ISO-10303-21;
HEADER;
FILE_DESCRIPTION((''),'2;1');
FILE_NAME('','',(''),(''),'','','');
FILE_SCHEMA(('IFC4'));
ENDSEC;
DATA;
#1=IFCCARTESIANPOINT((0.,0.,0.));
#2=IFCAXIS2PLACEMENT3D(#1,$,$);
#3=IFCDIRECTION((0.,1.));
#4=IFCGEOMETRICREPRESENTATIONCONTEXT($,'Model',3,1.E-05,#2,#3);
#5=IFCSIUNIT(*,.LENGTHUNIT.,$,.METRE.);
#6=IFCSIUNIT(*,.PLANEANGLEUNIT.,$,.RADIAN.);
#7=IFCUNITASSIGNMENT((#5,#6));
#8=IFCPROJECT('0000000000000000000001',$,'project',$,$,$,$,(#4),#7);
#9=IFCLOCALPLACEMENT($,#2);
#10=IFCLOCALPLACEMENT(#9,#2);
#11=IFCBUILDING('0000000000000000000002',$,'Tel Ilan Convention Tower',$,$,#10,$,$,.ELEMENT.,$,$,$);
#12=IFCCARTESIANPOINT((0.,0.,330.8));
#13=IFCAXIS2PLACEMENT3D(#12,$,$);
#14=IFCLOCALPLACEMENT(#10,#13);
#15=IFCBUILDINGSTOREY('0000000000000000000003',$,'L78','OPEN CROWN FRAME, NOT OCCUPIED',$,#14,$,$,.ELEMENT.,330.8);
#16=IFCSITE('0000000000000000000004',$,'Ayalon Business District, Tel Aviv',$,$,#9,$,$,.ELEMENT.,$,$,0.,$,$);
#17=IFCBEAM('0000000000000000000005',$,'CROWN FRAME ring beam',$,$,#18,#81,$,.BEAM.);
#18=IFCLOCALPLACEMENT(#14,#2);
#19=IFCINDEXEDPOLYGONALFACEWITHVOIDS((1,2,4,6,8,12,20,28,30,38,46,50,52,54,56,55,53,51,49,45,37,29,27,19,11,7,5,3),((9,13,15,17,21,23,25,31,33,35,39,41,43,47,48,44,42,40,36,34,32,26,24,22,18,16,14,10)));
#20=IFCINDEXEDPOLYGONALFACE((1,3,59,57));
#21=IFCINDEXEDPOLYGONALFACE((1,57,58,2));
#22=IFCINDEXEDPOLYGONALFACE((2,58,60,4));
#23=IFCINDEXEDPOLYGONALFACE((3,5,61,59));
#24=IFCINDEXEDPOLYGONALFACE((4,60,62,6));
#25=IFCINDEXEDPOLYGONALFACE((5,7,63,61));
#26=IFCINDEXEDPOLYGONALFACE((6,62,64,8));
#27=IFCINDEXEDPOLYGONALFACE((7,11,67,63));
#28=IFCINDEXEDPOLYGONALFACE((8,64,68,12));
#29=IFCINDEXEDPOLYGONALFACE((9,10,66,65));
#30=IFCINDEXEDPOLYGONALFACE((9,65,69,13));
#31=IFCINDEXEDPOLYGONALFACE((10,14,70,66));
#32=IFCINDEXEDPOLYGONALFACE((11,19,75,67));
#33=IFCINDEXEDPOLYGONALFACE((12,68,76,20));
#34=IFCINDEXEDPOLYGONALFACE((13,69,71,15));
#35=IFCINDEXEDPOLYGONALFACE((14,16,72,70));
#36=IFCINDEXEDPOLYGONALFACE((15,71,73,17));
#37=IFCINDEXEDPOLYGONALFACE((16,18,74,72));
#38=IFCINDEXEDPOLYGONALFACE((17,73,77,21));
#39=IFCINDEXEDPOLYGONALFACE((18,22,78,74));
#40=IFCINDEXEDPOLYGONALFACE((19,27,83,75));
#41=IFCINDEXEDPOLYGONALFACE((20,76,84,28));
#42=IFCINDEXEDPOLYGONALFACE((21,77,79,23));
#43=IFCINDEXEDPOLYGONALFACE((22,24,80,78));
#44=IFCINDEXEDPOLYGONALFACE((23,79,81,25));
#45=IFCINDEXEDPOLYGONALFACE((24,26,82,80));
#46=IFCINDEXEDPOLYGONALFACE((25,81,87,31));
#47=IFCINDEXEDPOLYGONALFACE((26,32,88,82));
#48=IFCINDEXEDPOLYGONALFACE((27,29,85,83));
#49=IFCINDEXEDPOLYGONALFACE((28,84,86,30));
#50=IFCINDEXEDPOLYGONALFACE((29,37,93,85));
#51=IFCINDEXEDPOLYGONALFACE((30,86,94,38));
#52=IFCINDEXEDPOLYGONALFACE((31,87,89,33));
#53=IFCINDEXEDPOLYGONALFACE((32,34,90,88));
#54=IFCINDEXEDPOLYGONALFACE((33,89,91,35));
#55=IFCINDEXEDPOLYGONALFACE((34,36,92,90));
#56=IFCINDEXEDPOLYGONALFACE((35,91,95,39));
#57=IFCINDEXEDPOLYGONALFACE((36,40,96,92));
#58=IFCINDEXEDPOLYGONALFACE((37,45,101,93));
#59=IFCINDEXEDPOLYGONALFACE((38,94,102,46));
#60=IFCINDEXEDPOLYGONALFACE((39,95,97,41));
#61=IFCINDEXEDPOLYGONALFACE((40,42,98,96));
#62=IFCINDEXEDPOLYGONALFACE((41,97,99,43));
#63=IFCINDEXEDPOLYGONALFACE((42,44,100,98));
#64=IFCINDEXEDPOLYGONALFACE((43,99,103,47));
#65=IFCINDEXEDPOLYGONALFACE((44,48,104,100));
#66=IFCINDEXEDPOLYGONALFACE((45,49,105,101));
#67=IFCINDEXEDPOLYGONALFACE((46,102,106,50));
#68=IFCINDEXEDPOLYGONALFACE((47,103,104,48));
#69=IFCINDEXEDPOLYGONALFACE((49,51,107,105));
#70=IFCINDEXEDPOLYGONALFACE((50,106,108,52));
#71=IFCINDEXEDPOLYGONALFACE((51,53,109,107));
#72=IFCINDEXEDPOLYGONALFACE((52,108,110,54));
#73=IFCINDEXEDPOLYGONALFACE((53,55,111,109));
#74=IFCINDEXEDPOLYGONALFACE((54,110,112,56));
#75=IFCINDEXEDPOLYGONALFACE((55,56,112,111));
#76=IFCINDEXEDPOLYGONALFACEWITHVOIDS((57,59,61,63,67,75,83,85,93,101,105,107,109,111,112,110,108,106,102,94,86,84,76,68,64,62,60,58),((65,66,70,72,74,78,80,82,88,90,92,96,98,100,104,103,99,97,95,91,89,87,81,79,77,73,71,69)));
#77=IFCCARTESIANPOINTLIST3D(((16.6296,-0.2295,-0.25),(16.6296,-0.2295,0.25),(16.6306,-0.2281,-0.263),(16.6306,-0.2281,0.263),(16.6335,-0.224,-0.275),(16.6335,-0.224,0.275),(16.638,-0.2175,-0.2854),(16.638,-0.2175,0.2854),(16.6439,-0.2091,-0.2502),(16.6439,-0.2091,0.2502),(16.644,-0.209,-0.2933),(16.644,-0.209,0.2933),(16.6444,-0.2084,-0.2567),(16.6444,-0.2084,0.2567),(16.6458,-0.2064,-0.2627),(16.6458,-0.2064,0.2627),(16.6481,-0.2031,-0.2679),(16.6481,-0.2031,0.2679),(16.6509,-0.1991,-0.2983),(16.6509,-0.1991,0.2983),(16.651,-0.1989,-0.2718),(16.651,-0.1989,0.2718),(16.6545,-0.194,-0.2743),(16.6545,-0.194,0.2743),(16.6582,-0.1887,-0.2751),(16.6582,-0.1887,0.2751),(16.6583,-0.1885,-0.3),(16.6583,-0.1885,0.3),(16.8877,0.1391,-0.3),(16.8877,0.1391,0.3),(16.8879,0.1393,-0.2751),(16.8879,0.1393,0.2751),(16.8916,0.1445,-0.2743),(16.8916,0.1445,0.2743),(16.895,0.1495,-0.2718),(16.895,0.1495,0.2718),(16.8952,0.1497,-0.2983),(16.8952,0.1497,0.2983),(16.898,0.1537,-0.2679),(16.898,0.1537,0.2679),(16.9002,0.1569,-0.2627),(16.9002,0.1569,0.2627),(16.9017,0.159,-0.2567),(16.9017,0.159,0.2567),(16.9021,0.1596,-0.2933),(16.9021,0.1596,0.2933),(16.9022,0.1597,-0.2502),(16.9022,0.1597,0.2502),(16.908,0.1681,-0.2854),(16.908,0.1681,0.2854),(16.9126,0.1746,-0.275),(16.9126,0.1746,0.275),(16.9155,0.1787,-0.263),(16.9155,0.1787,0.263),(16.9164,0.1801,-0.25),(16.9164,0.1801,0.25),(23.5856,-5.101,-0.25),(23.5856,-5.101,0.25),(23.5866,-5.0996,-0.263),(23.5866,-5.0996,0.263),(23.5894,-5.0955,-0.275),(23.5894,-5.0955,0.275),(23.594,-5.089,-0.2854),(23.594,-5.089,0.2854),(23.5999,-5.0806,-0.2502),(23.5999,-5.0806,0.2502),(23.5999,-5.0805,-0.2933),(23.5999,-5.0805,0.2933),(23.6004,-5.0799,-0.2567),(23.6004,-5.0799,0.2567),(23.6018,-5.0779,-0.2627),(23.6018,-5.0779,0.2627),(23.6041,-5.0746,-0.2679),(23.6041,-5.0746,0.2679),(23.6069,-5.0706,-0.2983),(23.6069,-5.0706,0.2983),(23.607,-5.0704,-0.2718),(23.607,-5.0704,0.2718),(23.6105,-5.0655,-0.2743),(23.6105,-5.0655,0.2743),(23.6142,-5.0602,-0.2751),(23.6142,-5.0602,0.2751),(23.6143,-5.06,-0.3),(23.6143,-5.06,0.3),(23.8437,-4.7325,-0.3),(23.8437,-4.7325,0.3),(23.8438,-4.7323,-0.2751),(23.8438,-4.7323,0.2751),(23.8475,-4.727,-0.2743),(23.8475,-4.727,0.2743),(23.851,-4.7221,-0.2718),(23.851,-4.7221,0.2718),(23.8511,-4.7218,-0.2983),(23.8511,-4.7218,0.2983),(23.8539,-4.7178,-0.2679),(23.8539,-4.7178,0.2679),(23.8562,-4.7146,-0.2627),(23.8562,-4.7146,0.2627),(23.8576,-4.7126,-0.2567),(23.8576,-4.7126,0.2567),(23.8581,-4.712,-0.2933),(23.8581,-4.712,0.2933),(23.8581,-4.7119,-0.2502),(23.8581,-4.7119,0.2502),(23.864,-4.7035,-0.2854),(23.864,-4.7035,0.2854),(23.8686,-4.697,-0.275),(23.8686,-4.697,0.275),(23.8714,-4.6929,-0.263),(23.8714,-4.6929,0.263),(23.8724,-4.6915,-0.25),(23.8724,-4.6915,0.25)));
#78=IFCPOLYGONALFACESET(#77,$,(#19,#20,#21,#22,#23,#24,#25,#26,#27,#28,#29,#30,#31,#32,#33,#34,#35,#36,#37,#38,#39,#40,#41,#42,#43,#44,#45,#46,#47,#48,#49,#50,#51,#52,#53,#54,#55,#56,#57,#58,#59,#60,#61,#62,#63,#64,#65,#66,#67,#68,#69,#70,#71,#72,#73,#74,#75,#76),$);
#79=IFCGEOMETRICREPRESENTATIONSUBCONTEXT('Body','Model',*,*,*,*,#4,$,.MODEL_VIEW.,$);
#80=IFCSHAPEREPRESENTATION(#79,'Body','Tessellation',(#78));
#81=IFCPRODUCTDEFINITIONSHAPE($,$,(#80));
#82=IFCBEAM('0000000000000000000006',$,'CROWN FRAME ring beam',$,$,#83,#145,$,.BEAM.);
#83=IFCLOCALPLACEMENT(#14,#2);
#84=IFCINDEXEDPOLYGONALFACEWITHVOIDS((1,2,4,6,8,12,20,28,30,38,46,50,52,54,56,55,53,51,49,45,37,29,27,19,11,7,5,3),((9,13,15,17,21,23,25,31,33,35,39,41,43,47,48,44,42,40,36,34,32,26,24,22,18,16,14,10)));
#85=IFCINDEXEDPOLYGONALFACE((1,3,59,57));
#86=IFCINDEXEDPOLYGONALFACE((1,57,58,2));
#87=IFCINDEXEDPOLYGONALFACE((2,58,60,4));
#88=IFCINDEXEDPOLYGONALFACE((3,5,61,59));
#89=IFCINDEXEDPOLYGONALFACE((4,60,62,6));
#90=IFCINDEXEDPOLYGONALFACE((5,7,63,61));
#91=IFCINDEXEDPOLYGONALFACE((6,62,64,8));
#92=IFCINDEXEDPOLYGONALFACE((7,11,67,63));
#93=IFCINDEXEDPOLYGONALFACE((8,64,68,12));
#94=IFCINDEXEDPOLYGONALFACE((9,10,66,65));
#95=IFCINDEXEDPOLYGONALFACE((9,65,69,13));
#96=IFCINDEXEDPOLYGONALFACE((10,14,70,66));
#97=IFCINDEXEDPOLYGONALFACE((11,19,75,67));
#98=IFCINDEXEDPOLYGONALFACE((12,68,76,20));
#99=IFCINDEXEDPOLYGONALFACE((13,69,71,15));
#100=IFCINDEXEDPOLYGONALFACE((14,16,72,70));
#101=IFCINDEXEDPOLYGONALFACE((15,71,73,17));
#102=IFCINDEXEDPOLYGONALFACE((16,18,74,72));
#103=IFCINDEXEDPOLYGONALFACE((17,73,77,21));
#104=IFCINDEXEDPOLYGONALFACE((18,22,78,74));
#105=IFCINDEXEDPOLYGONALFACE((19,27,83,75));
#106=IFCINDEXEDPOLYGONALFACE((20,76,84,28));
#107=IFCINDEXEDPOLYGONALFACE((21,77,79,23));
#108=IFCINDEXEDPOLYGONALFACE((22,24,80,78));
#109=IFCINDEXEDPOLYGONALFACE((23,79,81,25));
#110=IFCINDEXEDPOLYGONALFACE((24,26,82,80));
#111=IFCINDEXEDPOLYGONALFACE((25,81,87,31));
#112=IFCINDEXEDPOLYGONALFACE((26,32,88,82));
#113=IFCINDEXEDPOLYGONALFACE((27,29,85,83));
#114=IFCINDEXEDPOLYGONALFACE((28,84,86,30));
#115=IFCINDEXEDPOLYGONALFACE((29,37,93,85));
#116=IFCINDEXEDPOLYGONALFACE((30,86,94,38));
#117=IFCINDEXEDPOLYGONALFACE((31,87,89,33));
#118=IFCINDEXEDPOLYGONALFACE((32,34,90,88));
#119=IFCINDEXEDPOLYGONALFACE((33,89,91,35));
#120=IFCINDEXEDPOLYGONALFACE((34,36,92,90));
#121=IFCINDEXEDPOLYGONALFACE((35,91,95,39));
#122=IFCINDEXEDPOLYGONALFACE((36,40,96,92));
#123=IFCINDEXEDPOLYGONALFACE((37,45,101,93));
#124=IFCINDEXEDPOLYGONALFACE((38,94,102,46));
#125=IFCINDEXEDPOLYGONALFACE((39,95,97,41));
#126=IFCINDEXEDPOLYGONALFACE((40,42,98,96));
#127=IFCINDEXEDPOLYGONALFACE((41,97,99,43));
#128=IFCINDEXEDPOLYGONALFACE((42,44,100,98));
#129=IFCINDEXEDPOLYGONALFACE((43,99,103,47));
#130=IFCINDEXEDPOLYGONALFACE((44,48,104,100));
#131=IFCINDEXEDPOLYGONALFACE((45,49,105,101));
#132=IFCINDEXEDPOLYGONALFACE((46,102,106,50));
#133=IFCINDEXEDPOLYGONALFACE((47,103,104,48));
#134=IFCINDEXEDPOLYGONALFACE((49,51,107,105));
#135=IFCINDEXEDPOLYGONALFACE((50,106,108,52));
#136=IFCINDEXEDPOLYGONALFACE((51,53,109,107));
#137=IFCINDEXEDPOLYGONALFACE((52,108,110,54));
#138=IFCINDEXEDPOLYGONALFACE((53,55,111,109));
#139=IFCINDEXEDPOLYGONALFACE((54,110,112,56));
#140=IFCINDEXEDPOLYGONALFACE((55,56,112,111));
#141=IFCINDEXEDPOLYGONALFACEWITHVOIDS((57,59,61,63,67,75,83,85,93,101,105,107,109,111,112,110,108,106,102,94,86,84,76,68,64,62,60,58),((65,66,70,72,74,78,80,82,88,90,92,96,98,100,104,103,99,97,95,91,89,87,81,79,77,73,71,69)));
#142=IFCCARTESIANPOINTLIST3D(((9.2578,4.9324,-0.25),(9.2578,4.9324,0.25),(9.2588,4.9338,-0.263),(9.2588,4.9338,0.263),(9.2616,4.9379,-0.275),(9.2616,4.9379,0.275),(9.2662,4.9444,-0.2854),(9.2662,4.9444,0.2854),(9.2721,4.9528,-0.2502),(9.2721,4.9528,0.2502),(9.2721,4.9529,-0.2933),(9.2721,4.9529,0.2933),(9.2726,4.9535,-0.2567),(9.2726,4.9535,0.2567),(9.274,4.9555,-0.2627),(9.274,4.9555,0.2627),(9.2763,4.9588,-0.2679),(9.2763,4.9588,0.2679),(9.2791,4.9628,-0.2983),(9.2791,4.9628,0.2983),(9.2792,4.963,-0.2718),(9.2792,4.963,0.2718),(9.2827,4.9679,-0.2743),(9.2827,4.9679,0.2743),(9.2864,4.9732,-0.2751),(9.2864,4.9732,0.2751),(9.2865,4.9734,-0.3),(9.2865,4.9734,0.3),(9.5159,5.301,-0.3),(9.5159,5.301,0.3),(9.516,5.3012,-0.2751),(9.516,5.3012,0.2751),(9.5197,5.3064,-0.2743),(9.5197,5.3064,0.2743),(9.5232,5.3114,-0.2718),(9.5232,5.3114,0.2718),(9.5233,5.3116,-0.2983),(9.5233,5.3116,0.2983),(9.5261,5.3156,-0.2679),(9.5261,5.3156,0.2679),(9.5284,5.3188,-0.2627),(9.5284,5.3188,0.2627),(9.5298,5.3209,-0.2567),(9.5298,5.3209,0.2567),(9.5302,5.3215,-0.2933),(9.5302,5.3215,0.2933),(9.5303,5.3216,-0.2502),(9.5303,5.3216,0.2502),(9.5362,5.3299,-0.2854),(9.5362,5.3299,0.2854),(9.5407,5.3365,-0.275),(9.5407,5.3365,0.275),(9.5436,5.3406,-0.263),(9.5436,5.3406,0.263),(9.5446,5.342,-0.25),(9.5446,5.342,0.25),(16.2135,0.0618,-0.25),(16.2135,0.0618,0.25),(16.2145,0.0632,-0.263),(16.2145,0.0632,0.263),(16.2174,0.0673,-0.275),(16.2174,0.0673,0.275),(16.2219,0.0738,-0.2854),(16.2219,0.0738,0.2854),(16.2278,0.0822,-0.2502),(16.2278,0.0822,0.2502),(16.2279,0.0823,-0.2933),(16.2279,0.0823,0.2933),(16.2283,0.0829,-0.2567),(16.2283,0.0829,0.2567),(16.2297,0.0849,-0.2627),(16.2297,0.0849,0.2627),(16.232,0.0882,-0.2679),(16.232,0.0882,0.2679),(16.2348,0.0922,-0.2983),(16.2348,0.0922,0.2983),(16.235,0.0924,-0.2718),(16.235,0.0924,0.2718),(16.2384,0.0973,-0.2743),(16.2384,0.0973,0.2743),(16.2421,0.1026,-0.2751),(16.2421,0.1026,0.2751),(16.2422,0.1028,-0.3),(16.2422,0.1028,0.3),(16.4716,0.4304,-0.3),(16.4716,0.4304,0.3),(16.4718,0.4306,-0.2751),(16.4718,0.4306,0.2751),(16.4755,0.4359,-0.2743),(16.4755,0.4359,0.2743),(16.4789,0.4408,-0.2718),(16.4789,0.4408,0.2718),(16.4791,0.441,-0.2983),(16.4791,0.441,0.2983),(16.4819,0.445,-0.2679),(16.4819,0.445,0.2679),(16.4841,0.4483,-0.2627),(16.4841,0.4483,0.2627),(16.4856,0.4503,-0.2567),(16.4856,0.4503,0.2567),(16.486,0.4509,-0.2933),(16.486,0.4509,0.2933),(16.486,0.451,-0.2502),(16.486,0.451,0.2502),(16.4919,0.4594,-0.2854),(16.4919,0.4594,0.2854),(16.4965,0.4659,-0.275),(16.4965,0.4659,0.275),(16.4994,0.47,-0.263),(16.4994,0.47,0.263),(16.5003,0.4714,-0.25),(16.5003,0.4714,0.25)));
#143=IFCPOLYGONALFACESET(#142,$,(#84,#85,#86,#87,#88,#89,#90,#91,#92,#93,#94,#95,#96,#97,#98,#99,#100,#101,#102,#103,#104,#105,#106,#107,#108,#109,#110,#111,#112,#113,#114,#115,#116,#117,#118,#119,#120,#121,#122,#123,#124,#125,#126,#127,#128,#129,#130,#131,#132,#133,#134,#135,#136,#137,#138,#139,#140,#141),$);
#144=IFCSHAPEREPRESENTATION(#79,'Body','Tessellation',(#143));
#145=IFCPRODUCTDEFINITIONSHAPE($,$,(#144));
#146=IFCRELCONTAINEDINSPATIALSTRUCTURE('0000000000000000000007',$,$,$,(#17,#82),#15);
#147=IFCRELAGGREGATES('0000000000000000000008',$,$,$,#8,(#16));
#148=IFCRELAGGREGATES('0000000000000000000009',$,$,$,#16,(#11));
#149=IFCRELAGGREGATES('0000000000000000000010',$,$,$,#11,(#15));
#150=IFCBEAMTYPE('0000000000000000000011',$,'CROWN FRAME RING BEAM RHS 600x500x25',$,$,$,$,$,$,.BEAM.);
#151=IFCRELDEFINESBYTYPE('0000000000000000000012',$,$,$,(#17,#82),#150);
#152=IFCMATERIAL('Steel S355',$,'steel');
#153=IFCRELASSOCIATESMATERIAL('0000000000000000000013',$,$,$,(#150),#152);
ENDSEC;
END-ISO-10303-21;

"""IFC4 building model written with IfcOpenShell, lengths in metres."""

from ifc_helpers import new_model, si_unit, direction, frame, origin, origin_2d, place, context, subcontext, project, spatial, hollow_rectangle, extrude, material, material_profile, profile_set, type_object, element, save


model = new_model("IFC4")

# Units and contexts
model_context = context("Model", 3, precision=1e-05, world=origin(), true_north=direction((0.0, 1.0)))
body_context = subcontext(model_context, "Body", "Model", "MODEL_VIEW")
ifc_project = project(units=[si_unit("LENGTHUNIT", "METRE"), si_unit("PLANEANGLEUNIT", "RADIAN")], contexts=[model_context])

# Site, building, storey
site_placement = place(None, origin())
site = spatial("IfcSite", under=ifc_project, at=site_placement, Name="Ayalon Business District, Tel Aviv", CompositionType="ELEMENT", RefElevation=0.0)
building_placement = place(site_placement, origin())
building = spatial("IfcBuilding", under=site, at=building_placement, Name="Tel Ilan Convention Tower", CompositionType="ELEMENT")
storey_placement = place(building_placement, frame((0.0, 0.0, 330.8)))
storey = spatial("IfcBuildingStorey", under=building, at=storey_placement, Name="L78", Description="OPEN CROWN FRAME, NOT OCCUPIED", CompositionType="ELEMENT", Elevation=330.8)

# Beams
ifc_material_1 = material(Name="Steel S355", Category="steel")
ifc_material_profile_1 = material_profile(ifc_material_1, hollow_rectangle(XDim=0.5, YDim=0.6001, WallThickness=0.0249, InnerFilletRadius=0.0249, OuterFilletRadius=0.05, at=origin_2d()), Name="RHS 600x500x25")
ifc_profile_set_1 = profile_set([ifc_material_profile_1], Name="Steel S355")
beam_type = type_object("IfcBeamType", Name="CROWN FRAME RING BEAM RHS 600x500x25", PredefinedType="BEAM", material=ifc_profile_set_1)
beam_1_placement = place(storey_placement, frame((23.729, -4.8962, 0.0), z_axis=(-0.819102, 0.573648, 0.0), x_axis=(-0.573648, -0.819102, 0.0)))
element("IfcBeam", 1, at=beam_1_placement, inside=storey, type_object=beam_type, Name="CROWN FRAME ring beam", PredefinedType="BEAM", context=body_context, shape_type="SweptSolid", body=[
    extrude(hollow_rectangle(XDim=0.5, YDim=0.6001, WallThickness=0.0249, InnerFilletRadius=0.0249, OuterFilletRadius=0.05, at=origin_2d()), origin(), (0.0, 0.0, 1.0), 8.4922),
])
beam_2_placement = place(storey_placement, frame((16.3569, 0.2666, 0.0), z_axis=(-0.819147, 0.573584, 0.0), x_axis=(-0.573584, -0.819147, 0.0)))
element("IfcBeam", 2, at=beam_2_placement, inside=storey, type_object=beam_type, Name="CROWN FRAME ring beam", PredefinedType="BEAM", context=body_context, shape_type="SweptSolid", body=[
    extrude(hollow_rectangle(XDim=0.5, YDim=0.6001, WallThickness=0.0249, InnerFilletRadius=0.0249, OuterFilletRadius=0.05, at=origin_2d()), origin(), (0.0, 0.0, 1.0), 8.4915),
])

save(model, "model.ifc")
